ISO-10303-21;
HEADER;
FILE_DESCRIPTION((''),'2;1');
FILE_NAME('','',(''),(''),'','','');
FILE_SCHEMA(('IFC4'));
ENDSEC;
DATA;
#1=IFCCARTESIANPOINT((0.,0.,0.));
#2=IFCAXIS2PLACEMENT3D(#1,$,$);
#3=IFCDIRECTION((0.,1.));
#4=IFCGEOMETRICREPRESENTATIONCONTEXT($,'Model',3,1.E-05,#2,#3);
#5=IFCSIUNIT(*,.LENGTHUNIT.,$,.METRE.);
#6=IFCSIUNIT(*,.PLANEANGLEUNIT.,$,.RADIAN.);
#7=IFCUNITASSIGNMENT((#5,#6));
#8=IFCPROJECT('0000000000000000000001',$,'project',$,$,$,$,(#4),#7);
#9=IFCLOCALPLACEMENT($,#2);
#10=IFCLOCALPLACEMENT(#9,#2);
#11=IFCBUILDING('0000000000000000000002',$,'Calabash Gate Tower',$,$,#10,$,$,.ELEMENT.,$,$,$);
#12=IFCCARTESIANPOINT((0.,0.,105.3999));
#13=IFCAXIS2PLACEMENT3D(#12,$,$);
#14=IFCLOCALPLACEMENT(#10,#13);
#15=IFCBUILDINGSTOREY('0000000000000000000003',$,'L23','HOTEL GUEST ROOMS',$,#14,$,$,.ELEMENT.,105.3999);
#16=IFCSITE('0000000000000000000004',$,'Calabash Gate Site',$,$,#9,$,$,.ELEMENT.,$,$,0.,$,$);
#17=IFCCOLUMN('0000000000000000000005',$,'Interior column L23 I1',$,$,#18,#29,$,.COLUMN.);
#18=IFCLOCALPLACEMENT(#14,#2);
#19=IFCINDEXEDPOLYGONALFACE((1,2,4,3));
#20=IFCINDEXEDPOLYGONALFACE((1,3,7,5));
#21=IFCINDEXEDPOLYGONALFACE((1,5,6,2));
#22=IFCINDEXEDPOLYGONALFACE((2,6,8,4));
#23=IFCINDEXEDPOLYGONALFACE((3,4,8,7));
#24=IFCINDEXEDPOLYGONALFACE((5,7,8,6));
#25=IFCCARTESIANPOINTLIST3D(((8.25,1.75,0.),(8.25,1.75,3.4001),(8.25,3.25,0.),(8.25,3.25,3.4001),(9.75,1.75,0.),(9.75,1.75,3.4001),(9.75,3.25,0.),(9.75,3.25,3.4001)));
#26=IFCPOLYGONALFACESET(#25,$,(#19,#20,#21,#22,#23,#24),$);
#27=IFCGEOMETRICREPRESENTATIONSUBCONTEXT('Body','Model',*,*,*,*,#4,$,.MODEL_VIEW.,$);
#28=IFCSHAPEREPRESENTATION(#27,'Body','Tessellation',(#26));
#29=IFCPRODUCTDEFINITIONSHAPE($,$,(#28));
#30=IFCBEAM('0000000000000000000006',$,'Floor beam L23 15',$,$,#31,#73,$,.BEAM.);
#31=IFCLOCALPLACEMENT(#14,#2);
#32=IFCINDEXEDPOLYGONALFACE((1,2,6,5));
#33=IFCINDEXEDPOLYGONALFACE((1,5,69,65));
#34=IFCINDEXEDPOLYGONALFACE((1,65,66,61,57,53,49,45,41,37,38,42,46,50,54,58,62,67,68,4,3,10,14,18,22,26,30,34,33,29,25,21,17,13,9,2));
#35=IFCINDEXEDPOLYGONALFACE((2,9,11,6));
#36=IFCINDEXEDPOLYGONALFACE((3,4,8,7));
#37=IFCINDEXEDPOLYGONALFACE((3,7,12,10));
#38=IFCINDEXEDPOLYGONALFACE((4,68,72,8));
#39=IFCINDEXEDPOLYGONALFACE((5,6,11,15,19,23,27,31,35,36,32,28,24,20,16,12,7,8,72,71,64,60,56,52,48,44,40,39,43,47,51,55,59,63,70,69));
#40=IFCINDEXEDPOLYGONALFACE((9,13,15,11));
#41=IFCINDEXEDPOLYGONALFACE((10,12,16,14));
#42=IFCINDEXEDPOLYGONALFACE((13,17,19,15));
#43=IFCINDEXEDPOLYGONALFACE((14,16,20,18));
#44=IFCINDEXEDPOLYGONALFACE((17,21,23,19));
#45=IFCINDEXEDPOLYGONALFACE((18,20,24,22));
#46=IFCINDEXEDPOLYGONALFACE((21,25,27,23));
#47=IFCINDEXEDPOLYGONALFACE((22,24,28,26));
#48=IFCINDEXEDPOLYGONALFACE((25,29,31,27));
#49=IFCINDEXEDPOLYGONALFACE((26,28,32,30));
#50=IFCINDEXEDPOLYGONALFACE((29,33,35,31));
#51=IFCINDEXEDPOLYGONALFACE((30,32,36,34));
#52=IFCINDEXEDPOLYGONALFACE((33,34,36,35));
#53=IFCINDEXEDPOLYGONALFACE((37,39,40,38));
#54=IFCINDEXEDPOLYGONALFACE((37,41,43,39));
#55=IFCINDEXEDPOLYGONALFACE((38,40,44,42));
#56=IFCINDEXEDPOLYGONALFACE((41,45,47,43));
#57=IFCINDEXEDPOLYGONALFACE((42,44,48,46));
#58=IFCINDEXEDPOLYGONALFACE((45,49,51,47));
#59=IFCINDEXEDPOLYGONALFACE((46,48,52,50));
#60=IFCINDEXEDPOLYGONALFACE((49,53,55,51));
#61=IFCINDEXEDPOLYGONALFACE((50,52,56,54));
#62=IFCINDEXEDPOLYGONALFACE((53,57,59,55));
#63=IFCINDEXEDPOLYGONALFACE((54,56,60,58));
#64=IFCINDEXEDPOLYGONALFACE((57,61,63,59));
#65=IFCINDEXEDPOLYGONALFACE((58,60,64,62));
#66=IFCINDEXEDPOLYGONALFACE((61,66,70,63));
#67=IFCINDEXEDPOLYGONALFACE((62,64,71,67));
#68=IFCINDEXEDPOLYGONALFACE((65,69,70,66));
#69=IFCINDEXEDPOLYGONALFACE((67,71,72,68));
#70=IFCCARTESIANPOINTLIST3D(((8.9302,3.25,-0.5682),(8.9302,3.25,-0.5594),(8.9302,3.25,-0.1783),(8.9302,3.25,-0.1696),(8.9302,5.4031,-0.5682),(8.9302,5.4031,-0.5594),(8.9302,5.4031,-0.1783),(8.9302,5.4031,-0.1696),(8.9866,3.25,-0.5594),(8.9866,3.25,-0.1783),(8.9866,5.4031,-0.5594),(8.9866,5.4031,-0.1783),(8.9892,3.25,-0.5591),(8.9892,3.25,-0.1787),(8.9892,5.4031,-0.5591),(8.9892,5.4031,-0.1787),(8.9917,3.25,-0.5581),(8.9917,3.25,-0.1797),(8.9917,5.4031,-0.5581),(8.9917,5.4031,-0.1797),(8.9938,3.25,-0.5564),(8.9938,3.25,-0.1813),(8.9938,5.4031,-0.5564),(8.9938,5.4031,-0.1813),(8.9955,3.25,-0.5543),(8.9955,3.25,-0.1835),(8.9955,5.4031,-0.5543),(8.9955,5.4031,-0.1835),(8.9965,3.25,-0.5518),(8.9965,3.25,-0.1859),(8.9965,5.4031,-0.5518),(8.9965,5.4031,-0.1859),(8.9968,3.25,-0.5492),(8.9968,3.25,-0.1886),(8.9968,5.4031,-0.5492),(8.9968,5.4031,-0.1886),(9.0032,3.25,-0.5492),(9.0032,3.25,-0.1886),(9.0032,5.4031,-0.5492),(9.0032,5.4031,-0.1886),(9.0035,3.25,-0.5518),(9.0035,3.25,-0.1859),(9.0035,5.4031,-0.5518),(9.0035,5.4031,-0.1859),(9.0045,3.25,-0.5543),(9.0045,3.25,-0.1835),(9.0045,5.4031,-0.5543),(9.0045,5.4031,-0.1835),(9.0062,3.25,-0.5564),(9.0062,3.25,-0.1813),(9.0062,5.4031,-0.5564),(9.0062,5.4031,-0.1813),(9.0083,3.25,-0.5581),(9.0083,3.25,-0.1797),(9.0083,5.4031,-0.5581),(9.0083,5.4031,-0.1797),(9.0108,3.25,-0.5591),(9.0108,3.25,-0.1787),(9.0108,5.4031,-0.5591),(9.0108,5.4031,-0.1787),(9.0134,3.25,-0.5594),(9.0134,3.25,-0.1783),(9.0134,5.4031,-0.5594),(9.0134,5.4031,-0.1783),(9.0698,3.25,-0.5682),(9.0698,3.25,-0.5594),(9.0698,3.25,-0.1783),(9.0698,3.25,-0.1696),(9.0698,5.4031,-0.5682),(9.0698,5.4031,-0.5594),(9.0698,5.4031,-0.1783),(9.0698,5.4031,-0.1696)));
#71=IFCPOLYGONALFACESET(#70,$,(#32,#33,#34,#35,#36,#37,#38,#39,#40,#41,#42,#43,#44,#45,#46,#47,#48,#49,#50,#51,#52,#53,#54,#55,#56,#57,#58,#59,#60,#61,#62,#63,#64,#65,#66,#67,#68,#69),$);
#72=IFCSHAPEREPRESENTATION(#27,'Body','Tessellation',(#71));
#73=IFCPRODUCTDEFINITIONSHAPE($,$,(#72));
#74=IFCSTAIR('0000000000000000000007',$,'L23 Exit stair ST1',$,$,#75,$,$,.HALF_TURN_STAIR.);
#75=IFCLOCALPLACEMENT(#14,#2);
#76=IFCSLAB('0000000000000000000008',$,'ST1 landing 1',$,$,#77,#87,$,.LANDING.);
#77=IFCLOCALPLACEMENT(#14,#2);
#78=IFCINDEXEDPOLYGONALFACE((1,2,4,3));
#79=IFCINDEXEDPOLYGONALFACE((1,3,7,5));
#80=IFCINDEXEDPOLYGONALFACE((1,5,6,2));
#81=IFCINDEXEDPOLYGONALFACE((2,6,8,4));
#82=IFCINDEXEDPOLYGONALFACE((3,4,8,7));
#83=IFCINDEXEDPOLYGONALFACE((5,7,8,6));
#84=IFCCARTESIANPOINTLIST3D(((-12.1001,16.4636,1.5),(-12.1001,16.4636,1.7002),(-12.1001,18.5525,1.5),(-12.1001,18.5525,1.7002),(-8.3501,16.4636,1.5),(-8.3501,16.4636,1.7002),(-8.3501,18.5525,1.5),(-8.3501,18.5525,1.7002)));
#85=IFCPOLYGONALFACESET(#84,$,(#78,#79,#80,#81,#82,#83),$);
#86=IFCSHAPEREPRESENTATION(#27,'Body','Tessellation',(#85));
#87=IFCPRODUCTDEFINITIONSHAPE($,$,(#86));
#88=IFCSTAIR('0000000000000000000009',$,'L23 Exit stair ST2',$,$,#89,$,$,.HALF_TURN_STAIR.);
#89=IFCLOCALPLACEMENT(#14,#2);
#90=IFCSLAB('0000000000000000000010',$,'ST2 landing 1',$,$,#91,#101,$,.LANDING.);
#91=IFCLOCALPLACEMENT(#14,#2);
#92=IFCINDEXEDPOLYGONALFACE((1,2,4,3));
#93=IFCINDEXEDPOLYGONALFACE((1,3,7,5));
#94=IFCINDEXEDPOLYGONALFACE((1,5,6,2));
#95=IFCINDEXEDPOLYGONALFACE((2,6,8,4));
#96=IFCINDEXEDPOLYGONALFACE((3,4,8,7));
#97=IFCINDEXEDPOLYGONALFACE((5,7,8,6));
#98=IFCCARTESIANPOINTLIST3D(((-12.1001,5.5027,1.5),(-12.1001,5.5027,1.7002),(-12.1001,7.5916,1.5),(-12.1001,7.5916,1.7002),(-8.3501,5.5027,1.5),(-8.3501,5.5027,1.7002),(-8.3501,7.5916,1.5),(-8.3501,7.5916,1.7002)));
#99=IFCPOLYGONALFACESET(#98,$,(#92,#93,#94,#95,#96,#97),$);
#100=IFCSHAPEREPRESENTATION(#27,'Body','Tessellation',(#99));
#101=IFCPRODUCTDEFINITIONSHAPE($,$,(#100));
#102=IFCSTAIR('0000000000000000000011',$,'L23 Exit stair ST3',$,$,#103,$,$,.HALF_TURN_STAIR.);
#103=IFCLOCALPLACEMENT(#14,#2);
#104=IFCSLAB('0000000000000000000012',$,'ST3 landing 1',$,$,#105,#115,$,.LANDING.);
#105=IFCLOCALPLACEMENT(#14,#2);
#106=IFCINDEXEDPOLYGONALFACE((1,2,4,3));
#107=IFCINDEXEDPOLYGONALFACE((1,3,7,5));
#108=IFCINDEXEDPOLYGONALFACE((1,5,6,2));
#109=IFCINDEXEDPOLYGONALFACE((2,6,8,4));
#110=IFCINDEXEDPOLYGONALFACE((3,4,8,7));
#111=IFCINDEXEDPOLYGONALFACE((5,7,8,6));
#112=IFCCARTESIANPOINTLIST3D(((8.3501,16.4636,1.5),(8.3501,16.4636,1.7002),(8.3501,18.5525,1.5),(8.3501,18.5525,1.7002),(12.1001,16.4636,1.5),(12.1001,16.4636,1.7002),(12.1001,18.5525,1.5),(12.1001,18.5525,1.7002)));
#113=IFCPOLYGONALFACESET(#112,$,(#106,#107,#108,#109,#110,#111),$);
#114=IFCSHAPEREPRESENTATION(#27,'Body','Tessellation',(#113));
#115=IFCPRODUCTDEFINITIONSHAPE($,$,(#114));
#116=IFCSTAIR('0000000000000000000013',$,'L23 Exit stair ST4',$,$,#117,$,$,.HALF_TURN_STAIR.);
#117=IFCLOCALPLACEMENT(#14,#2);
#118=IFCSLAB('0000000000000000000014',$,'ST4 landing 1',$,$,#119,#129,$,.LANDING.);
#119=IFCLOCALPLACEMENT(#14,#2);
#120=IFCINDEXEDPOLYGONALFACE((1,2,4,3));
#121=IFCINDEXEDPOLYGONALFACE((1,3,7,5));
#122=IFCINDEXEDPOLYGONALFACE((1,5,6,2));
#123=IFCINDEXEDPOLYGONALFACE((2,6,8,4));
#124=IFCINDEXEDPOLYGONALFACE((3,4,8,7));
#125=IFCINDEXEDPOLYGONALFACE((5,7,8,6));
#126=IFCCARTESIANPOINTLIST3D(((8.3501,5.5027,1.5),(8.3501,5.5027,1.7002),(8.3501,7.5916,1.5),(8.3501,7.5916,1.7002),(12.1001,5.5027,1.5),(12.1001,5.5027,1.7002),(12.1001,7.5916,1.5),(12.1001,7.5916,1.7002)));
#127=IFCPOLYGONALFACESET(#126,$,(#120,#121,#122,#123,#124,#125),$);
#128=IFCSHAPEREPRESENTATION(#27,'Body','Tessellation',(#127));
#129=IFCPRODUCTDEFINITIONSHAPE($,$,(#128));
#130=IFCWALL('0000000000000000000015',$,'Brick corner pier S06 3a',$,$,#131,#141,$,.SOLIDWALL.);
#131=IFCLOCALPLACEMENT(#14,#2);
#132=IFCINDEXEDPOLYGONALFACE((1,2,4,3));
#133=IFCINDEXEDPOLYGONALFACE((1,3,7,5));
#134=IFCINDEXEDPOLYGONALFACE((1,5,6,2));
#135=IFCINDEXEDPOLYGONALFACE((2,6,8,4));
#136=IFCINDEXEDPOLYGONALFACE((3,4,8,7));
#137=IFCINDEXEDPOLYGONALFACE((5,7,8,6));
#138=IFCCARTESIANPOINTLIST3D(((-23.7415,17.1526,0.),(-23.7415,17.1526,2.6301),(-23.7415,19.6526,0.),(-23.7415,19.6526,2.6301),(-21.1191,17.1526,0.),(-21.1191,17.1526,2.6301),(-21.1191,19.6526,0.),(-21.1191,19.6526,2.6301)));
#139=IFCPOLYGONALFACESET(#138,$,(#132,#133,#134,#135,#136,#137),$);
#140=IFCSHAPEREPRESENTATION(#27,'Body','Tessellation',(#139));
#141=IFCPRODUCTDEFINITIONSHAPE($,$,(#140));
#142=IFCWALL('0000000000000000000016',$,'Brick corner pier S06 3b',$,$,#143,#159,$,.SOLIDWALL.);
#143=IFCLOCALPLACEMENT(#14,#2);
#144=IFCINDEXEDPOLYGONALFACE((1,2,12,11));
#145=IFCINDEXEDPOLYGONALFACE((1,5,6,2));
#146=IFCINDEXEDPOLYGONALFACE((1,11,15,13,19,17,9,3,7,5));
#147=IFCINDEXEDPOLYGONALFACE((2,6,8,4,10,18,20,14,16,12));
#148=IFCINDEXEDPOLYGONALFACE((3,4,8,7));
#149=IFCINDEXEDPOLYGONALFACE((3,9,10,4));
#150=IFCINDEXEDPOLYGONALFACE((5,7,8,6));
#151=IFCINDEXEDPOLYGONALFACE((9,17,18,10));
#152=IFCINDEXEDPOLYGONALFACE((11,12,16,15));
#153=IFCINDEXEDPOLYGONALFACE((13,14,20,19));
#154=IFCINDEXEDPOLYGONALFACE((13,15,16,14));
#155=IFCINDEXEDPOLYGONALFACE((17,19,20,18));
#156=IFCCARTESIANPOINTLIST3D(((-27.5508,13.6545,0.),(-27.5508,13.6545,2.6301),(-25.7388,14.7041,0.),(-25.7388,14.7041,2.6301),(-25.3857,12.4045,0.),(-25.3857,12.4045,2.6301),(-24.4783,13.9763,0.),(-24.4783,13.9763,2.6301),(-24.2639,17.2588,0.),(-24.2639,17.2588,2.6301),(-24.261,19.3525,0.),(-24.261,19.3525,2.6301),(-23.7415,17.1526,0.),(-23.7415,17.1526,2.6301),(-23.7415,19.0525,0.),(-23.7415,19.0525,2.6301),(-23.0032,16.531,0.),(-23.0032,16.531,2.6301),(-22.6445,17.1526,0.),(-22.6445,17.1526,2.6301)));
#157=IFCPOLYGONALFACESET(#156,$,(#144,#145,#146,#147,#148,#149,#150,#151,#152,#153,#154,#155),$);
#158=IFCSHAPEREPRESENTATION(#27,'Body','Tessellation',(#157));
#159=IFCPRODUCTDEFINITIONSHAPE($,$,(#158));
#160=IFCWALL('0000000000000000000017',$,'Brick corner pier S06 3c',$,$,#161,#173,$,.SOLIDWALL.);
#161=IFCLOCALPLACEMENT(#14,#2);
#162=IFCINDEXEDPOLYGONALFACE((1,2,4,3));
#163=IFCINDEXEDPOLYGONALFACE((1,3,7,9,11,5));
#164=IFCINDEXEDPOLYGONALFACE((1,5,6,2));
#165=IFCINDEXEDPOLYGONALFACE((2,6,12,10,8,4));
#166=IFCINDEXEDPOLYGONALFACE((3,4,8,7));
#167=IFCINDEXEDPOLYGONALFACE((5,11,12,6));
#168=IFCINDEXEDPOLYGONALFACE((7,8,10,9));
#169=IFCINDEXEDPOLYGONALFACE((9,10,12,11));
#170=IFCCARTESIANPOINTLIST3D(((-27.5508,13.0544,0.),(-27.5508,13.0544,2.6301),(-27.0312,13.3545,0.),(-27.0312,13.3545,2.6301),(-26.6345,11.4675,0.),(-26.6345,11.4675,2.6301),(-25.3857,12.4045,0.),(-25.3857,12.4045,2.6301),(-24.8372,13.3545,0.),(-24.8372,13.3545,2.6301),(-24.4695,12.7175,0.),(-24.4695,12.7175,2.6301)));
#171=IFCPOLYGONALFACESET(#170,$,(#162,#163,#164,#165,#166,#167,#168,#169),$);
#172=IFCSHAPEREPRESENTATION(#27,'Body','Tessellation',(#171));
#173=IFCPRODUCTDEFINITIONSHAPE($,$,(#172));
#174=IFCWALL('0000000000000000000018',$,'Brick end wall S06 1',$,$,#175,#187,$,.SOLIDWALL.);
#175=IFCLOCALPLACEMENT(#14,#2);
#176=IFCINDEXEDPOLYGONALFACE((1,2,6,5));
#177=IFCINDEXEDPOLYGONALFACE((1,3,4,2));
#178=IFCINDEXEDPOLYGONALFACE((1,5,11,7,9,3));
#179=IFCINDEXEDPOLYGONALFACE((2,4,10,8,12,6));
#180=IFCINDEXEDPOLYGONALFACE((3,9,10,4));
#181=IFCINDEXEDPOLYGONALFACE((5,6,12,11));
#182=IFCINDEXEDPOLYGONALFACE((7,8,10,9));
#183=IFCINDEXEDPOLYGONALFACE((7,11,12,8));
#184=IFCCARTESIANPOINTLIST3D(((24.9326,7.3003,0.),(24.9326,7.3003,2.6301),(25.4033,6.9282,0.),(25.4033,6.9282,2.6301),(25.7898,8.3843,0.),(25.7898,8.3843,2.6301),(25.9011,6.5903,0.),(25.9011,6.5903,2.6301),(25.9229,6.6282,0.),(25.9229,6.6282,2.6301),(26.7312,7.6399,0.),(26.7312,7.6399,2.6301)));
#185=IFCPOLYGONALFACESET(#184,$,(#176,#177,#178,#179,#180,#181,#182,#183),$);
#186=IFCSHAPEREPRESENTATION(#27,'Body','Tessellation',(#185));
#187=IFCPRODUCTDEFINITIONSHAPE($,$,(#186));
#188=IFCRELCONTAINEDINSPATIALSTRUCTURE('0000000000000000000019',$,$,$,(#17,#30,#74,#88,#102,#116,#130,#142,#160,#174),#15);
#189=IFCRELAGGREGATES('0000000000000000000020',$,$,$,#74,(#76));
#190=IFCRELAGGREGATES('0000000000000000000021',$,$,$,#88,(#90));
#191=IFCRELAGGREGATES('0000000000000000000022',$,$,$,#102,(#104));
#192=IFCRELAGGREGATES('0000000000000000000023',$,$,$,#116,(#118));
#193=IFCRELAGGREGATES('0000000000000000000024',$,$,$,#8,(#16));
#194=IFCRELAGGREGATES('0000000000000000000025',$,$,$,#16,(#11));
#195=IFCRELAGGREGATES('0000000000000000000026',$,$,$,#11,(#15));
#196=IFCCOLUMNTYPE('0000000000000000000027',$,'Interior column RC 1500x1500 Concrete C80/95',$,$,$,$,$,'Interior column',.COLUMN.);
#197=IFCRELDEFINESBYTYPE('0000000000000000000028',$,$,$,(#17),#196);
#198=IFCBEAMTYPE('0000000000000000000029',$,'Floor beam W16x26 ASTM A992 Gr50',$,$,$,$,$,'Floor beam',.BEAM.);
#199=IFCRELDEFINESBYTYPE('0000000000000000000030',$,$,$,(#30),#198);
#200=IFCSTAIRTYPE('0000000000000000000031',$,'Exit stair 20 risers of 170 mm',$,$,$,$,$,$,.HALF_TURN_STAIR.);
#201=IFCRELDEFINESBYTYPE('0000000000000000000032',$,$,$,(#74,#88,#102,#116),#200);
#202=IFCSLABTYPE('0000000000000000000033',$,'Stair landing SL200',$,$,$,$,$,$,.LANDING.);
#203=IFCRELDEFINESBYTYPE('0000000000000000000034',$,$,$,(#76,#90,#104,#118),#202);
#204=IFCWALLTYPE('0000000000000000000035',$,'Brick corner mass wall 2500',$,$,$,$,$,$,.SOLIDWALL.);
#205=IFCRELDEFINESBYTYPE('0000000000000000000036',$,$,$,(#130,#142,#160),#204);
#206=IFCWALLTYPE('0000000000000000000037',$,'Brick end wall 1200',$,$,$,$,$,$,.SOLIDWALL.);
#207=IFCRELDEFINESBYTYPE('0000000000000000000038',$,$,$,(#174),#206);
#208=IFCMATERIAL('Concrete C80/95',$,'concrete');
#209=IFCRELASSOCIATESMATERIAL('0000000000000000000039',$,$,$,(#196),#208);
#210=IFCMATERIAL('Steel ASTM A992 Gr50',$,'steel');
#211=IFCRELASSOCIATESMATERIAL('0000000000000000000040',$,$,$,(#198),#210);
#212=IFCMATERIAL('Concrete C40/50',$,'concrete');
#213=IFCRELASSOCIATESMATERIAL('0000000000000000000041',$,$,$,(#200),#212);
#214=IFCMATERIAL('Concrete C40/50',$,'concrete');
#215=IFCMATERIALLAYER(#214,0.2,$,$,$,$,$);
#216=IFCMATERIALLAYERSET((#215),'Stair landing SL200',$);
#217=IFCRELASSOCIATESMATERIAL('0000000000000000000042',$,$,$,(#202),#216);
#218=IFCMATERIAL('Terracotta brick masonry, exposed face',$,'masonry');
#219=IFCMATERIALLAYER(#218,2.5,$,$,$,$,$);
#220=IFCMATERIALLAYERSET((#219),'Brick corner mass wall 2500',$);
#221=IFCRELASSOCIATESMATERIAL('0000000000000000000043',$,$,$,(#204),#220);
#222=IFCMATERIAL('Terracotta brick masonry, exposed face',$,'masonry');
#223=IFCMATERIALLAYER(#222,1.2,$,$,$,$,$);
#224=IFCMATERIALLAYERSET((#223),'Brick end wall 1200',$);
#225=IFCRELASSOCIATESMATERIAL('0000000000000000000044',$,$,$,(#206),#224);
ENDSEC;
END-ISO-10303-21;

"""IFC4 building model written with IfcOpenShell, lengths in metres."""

from ifc_helpers import new_model, si_unit, direction, frame, origin, origin_2d, place, context, subcontext, project, spatial, polyline, rectangle, i_section, outline, extrude, material, layer, layer_set, material_profile, profile_set, type_object, element, aggregate, save


model = new_model("IFC4")

# Units and contexts
model_context = context("Model", 3, precision=1e-05, world=origin(), true_north=direction((0.0, 1.0)))
body_context = subcontext(model_context, "Body", "Model", "MODEL_VIEW")
ifc_project = project(units=[si_unit("LENGTHUNIT", "METRE"), si_unit("PLANEANGLEUNIT", "RADIAN")], contexts=[model_context])

# Site, building, storey
site_placement = place(None, origin())
site = spatial("IfcSite", under=ifc_project, at=site_placement, Name="Calabash Gate Site", CompositionType="ELEMENT", RefElevation=0.0)
building_placement = place(site_placement, origin())
building = spatial("IfcBuilding", under=site, at=building_placement, Name="Calabash Gate Tower", CompositionType="ELEMENT")
storey_placement = place(building_placement, frame((0.0, 0.0, 105.3999)))
storey = spatial("IfcBuildingStorey", under=building, at=storey_placement, Name="L23", Description="HOTEL GUEST ROOMS", CompositionType="ELEMENT", Elevation=105.3999)

# Column
ifc_material_1 = material(Name="Concrete C80/95", Category="concrete")
ifc_material_profile_1 = material_profile(ifc_material_1, rectangle(XDim=1.5, YDim=1.5, at=origin_2d()))
ifc_profile_set_1 = profile_set([ifc_material_profile_1], Name="Concrete C80/95")
column_type = type_object("IfcColumnType", Name="Interior column RC 1500x1500 Concrete C80/95", ElementType="Interior column", PredefinedType="COLUMN", material=ifc_profile_set_1)
column_placement = place(storey_placement, frame((9.0, 2.5, 0.0), z_axis=(0.0, 0.0, 1.0), x_axis=(1.0, 0.0, 0.0)))
element("IfcColumn", 1, at=column_placement, inside=storey, type_object=column_type, Name="Interior column L23 I1", PredefinedType="COLUMN", context=body_context, shape_type="SweptSolid", body=[
    extrude(rectangle(XDim=1.5, YDim=1.5, at=origin_2d()), origin(), (0.0, 0.0, 1.0), 3.4001),
])

# Beam
ifc_material_2 = material(Name="Steel ASTM A992 Gr50", Category="steel")
ifc_material_profile_2 = material_profile(ifc_material_2, i_section(OverallWidth=0.1396, OverallDepth=0.3987, WebThickness=0.0063, FlangeThickness=0.0088, FilletRadius=0.0103, at=origin_2d()))
ifc_profile_set_2 = profile_set([ifc_material_profile_2], Name="Steel ASTM A992 Gr50")
beam_type = type_object("IfcBeamType", Name="Floor beam W16x26 ASTM A992 Gr50", ElementType="Floor beam", PredefinedType="BEAM", material=ifc_profile_set_2)
beam_placement = place(storey_placement, frame((9.0, 3.25, -0.3689), z_axis=(0.0, 1.0, 0.0), x_axis=(-1.0, 0.0, 0.0)))
element("IfcBeam", 2, at=beam_placement, inside=storey, type_object=beam_type, Name="Floor beam L23 15", PredefinedType="BEAM", context=body_context, shape_type="SweptSolid", body=[
    extrude(i_section(OverallWidth=0.1396, OverallDepth=0.3987, WebThickness=0.0063, FlangeThickness=0.0088, FilletRadius=0.0103, at=origin_2d()), origin(), (0.0, 0.0, 1.0), 2.1531),
])

# Stairs, slabs
ifc_material_3 = material(Name="Concrete C40/50", Category="concrete")
stair_type = type_object("IfcStairType", Name="Exit stair 20 risers of 170 mm", PredefinedType="HALF_TURN_STAIR", material=ifc_material_3)
stair_1_placement = place(storey_placement, origin())
stair_1 = element("IfcStair", 3, at=stair_1_placement, inside=storey, type_object=stair_type, Name="L23 Exit stair ST1", PredefinedType="HALF_TURN_STAIR")
ifc_material_4 = material(Name="Concrete C40/50", Category="concrete")
ifc_layer_1 = layer(ifc_material_4, 0.2)
ifc_layer_set_1 = layer_set([ifc_layer_1], Name="Stair landing SL200")
slab_type = type_object("IfcSlabType", Name="Stair landing SL200", PredefinedType="LANDING", material=ifc_layer_set_1)
slab_1_placement = place(storey_placement, frame((0.0, 0.0, 1.5)))
slab_1 = element("IfcSlab", 4, at=slab_1_placement, type_object=slab_type, Name="ST1 landing 1", PredefinedType="LANDING", context=body_context, shape_type="SweptSolid", body=[
    extrude(outline(polyline([(-8.3501, 16.4636), (-8.3501, 18.5525), (-12.1001, 18.5525), (-12.1001, 16.4636), (-8.3501, 16.4636)])), origin(), (0.0, 0.0, 1.0), 0.2002),
])
aggregate(stair_1, [slab_1])
stair_2_placement = place(storey_placement, origin())
stair_2 = element("IfcStair", 5, at=stair_2_placement, inside=storey, type_object=stair_type, Name="L23 Exit stair ST2", PredefinedType="HALF_TURN_STAIR")
slab_2_placement = place(storey_placement, frame((0.0, 0.0, 1.5)))
slab_2 = element("IfcSlab", 6, at=slab_2_placement, type_object=slab_type, Name="ST2 landing 1", PredefinedType="LANDING", context=body_context, shape_type="SweptSolid", body=[
    extrude(outline(polyline([(-12.1001, 7.5916), (-12.1001, 5.5027), (-8.3501, 5.5027), (-8.3501, 7.5916), (-12.1001, 7.5916)])), origin(), (0.0, 0.0, 1.0), 0.2002),
])
aggregate(stair_2, [slab_2])
stair_3_placement = place(storey_placement, origin())
stair_3 = element("IfcStair", 7, at=stair_3_placement, inside=storey, type_object=stair_type, Name="L23 Exit stair ST3", PredefinedType="HALF_TURN_STAIR")
slab_3_placement = place(storey_placement, frame((0.0, 0.0, 1.5)))
slab_3 = element("IfcSlab", 8, at=slab_3_placement, type_object=slab_type, Name="ST3 landing 1", PredefinedType="LANDING", context=body_context, shape_type="SweptSolid", body=[
    extrude(outline(polyline([(12.1001, 16.4636), (12.1001, 18.5525), (8.3501, 18.5525), (8.3501, 16.4636), (12.1001, 16.4636)])), origin(), (0.0, 0.0, 1.0), 0.2002),
])
aggregate(stair_3, [slab_3])
stair_4_placement = place(storey_placement, origin())
stair_4 = element("IfcStair", 9, at=stair_4_placement, inside=storey, type_object=stair_type, Name="L23 Exit stair ST4", PredefinedType="HALF_TURN_STAIR")
slab_4_placement = place(storey_placement, frame((0.0, 0.0, 1.5)))
slab_4 = element("IfcSlab", 10, at=slab_4_placement, type_object=slab_type, Name="ST4 landing 1", PredefinedType="LANDING", context=body_context, shape_type="SweptSolid", body=[
    extrude(outline(polyline([(8.3501, 7.5916), (8.3501, 5.5027), (12.1001, 5.5027), (12.1001, 7.5916), (8.3501, 7.5916)])), origin(), (0.0, 0.0, 1.0), 0.2002),
])
aggregate(stair_4, [slab_4])

# Walls
ifc_material_5 = material(Name="Terracotta brick masonry, exposed face", Category="masonry")
ifc_layer_2 = layer(ifc_material_5, 2.5)
ifc_layer_set_2 = layer_set([ifc_layer_2], Name="Brick corner mass wall 2500")
wall_type_1 = type_object("IfcWallType", Name="Brick corner mass wall 2500", PredefinedType="SOLIDWALL", material=ifc_layer_set_2)
wall_1_placement = place(storey_placement, origin())
element("IfcWall", 11, at=wall_1_placement, inside=storey, type_object=wall_type_1, Name="Brick corner pier S06 3a", PredefinedType="SOLIDWALL", context=body_context, shape_type="SweptSolid", body=[
    extrude(outline(polyline([(-23.7415, 17.1526), (-21.1191, 17.1526), (-21.1191, 19.6526), (-23.7415, 19.6526), (-23.7415, 17.1526)])), origin(), (0.0, 0.0, 1.0), 2.6301),
])
wall_2_placement = place(storey_placement, origin())
element("IfcWall", 12, at=wall_2_placement, inside=storey, type_object=wall_type_1, Name="Brick corner pier S06 3b", PredefinedType="SOLIDWALL", context=body_context, shape_type="SweptSolid", body=[
    extrude(outline(polyline([(-23.0032, 16.531), (-22.6445, 17.1526), (-23.7415, 17.1526), (-23.7415, 19.0525), (-24.261, 19.3525), (-27.5508, 13.6545), (-25.3857, 12.4045), (-24.4783, 13.9763), (-25.7388, 14.7041), (-24.2639, 17.2588), (-23.0032, 16.531)])), origin(), (0.0, 0.0, 1.0), 2.6301),
])
wall_3_placement = place(storey_placement, origin())
element("IfcWall", 13, at=wall_3_placement, inside=storey, type_object=wall_type_1, Name="Brick corner pier S06 3c", PredefinedType="SOLIDWALL", context=body_context, shape_type="SweptSolid", body=[
    extrude(outline(polyline([(-24.8372, 13.3545), (-25.3857, 12.4045), (-27.0312, 13.3545), (-27.5508, 13.0544), (-26.6345, 11.4675), (-24.4695, 12.7175), (-24.8372, 13.3545)])), origin(), (0.0, 0.0, 1.0), 2.6301),
])
ifc_material_6 = material(Name="Terracotta brick masonry, exposed face", Category="masonry")
ifc_layer_3 = layer(ifc_material_6, 1.2)
ifc_layer_set_3 = layer_set([ifc_layer_3], Name="Brick end wall 1200")
wall_type_2 = type_object("IfcWallType", Name="Brick end wall 1200", PredefinedType="SOLIDWALL", material=ifc_layer_set_3)
wall_4_placement = place(storey_placement, origin())
element("IfcWall", 14, at=wall_4_placement, inside=storey, type_object=wall_type_2, Name="Brick end wall S06 1", PredefinedType="SOLIDWALL", context=body_context, shape_type="SweptSolid", body=[
    extrude(outline(polyline([(25.7898, 8.3843), (24.9326, 7.3003), (25.4033, 6.9282), (25.9229, 6.6282), (25.9011, 6.5903), (26.7312, 7.6399), (25.7898, 8.3843)])), origin(), (0.0, 0.0, 1.0), 2.6301),
])

save(model, "model.ifc")
